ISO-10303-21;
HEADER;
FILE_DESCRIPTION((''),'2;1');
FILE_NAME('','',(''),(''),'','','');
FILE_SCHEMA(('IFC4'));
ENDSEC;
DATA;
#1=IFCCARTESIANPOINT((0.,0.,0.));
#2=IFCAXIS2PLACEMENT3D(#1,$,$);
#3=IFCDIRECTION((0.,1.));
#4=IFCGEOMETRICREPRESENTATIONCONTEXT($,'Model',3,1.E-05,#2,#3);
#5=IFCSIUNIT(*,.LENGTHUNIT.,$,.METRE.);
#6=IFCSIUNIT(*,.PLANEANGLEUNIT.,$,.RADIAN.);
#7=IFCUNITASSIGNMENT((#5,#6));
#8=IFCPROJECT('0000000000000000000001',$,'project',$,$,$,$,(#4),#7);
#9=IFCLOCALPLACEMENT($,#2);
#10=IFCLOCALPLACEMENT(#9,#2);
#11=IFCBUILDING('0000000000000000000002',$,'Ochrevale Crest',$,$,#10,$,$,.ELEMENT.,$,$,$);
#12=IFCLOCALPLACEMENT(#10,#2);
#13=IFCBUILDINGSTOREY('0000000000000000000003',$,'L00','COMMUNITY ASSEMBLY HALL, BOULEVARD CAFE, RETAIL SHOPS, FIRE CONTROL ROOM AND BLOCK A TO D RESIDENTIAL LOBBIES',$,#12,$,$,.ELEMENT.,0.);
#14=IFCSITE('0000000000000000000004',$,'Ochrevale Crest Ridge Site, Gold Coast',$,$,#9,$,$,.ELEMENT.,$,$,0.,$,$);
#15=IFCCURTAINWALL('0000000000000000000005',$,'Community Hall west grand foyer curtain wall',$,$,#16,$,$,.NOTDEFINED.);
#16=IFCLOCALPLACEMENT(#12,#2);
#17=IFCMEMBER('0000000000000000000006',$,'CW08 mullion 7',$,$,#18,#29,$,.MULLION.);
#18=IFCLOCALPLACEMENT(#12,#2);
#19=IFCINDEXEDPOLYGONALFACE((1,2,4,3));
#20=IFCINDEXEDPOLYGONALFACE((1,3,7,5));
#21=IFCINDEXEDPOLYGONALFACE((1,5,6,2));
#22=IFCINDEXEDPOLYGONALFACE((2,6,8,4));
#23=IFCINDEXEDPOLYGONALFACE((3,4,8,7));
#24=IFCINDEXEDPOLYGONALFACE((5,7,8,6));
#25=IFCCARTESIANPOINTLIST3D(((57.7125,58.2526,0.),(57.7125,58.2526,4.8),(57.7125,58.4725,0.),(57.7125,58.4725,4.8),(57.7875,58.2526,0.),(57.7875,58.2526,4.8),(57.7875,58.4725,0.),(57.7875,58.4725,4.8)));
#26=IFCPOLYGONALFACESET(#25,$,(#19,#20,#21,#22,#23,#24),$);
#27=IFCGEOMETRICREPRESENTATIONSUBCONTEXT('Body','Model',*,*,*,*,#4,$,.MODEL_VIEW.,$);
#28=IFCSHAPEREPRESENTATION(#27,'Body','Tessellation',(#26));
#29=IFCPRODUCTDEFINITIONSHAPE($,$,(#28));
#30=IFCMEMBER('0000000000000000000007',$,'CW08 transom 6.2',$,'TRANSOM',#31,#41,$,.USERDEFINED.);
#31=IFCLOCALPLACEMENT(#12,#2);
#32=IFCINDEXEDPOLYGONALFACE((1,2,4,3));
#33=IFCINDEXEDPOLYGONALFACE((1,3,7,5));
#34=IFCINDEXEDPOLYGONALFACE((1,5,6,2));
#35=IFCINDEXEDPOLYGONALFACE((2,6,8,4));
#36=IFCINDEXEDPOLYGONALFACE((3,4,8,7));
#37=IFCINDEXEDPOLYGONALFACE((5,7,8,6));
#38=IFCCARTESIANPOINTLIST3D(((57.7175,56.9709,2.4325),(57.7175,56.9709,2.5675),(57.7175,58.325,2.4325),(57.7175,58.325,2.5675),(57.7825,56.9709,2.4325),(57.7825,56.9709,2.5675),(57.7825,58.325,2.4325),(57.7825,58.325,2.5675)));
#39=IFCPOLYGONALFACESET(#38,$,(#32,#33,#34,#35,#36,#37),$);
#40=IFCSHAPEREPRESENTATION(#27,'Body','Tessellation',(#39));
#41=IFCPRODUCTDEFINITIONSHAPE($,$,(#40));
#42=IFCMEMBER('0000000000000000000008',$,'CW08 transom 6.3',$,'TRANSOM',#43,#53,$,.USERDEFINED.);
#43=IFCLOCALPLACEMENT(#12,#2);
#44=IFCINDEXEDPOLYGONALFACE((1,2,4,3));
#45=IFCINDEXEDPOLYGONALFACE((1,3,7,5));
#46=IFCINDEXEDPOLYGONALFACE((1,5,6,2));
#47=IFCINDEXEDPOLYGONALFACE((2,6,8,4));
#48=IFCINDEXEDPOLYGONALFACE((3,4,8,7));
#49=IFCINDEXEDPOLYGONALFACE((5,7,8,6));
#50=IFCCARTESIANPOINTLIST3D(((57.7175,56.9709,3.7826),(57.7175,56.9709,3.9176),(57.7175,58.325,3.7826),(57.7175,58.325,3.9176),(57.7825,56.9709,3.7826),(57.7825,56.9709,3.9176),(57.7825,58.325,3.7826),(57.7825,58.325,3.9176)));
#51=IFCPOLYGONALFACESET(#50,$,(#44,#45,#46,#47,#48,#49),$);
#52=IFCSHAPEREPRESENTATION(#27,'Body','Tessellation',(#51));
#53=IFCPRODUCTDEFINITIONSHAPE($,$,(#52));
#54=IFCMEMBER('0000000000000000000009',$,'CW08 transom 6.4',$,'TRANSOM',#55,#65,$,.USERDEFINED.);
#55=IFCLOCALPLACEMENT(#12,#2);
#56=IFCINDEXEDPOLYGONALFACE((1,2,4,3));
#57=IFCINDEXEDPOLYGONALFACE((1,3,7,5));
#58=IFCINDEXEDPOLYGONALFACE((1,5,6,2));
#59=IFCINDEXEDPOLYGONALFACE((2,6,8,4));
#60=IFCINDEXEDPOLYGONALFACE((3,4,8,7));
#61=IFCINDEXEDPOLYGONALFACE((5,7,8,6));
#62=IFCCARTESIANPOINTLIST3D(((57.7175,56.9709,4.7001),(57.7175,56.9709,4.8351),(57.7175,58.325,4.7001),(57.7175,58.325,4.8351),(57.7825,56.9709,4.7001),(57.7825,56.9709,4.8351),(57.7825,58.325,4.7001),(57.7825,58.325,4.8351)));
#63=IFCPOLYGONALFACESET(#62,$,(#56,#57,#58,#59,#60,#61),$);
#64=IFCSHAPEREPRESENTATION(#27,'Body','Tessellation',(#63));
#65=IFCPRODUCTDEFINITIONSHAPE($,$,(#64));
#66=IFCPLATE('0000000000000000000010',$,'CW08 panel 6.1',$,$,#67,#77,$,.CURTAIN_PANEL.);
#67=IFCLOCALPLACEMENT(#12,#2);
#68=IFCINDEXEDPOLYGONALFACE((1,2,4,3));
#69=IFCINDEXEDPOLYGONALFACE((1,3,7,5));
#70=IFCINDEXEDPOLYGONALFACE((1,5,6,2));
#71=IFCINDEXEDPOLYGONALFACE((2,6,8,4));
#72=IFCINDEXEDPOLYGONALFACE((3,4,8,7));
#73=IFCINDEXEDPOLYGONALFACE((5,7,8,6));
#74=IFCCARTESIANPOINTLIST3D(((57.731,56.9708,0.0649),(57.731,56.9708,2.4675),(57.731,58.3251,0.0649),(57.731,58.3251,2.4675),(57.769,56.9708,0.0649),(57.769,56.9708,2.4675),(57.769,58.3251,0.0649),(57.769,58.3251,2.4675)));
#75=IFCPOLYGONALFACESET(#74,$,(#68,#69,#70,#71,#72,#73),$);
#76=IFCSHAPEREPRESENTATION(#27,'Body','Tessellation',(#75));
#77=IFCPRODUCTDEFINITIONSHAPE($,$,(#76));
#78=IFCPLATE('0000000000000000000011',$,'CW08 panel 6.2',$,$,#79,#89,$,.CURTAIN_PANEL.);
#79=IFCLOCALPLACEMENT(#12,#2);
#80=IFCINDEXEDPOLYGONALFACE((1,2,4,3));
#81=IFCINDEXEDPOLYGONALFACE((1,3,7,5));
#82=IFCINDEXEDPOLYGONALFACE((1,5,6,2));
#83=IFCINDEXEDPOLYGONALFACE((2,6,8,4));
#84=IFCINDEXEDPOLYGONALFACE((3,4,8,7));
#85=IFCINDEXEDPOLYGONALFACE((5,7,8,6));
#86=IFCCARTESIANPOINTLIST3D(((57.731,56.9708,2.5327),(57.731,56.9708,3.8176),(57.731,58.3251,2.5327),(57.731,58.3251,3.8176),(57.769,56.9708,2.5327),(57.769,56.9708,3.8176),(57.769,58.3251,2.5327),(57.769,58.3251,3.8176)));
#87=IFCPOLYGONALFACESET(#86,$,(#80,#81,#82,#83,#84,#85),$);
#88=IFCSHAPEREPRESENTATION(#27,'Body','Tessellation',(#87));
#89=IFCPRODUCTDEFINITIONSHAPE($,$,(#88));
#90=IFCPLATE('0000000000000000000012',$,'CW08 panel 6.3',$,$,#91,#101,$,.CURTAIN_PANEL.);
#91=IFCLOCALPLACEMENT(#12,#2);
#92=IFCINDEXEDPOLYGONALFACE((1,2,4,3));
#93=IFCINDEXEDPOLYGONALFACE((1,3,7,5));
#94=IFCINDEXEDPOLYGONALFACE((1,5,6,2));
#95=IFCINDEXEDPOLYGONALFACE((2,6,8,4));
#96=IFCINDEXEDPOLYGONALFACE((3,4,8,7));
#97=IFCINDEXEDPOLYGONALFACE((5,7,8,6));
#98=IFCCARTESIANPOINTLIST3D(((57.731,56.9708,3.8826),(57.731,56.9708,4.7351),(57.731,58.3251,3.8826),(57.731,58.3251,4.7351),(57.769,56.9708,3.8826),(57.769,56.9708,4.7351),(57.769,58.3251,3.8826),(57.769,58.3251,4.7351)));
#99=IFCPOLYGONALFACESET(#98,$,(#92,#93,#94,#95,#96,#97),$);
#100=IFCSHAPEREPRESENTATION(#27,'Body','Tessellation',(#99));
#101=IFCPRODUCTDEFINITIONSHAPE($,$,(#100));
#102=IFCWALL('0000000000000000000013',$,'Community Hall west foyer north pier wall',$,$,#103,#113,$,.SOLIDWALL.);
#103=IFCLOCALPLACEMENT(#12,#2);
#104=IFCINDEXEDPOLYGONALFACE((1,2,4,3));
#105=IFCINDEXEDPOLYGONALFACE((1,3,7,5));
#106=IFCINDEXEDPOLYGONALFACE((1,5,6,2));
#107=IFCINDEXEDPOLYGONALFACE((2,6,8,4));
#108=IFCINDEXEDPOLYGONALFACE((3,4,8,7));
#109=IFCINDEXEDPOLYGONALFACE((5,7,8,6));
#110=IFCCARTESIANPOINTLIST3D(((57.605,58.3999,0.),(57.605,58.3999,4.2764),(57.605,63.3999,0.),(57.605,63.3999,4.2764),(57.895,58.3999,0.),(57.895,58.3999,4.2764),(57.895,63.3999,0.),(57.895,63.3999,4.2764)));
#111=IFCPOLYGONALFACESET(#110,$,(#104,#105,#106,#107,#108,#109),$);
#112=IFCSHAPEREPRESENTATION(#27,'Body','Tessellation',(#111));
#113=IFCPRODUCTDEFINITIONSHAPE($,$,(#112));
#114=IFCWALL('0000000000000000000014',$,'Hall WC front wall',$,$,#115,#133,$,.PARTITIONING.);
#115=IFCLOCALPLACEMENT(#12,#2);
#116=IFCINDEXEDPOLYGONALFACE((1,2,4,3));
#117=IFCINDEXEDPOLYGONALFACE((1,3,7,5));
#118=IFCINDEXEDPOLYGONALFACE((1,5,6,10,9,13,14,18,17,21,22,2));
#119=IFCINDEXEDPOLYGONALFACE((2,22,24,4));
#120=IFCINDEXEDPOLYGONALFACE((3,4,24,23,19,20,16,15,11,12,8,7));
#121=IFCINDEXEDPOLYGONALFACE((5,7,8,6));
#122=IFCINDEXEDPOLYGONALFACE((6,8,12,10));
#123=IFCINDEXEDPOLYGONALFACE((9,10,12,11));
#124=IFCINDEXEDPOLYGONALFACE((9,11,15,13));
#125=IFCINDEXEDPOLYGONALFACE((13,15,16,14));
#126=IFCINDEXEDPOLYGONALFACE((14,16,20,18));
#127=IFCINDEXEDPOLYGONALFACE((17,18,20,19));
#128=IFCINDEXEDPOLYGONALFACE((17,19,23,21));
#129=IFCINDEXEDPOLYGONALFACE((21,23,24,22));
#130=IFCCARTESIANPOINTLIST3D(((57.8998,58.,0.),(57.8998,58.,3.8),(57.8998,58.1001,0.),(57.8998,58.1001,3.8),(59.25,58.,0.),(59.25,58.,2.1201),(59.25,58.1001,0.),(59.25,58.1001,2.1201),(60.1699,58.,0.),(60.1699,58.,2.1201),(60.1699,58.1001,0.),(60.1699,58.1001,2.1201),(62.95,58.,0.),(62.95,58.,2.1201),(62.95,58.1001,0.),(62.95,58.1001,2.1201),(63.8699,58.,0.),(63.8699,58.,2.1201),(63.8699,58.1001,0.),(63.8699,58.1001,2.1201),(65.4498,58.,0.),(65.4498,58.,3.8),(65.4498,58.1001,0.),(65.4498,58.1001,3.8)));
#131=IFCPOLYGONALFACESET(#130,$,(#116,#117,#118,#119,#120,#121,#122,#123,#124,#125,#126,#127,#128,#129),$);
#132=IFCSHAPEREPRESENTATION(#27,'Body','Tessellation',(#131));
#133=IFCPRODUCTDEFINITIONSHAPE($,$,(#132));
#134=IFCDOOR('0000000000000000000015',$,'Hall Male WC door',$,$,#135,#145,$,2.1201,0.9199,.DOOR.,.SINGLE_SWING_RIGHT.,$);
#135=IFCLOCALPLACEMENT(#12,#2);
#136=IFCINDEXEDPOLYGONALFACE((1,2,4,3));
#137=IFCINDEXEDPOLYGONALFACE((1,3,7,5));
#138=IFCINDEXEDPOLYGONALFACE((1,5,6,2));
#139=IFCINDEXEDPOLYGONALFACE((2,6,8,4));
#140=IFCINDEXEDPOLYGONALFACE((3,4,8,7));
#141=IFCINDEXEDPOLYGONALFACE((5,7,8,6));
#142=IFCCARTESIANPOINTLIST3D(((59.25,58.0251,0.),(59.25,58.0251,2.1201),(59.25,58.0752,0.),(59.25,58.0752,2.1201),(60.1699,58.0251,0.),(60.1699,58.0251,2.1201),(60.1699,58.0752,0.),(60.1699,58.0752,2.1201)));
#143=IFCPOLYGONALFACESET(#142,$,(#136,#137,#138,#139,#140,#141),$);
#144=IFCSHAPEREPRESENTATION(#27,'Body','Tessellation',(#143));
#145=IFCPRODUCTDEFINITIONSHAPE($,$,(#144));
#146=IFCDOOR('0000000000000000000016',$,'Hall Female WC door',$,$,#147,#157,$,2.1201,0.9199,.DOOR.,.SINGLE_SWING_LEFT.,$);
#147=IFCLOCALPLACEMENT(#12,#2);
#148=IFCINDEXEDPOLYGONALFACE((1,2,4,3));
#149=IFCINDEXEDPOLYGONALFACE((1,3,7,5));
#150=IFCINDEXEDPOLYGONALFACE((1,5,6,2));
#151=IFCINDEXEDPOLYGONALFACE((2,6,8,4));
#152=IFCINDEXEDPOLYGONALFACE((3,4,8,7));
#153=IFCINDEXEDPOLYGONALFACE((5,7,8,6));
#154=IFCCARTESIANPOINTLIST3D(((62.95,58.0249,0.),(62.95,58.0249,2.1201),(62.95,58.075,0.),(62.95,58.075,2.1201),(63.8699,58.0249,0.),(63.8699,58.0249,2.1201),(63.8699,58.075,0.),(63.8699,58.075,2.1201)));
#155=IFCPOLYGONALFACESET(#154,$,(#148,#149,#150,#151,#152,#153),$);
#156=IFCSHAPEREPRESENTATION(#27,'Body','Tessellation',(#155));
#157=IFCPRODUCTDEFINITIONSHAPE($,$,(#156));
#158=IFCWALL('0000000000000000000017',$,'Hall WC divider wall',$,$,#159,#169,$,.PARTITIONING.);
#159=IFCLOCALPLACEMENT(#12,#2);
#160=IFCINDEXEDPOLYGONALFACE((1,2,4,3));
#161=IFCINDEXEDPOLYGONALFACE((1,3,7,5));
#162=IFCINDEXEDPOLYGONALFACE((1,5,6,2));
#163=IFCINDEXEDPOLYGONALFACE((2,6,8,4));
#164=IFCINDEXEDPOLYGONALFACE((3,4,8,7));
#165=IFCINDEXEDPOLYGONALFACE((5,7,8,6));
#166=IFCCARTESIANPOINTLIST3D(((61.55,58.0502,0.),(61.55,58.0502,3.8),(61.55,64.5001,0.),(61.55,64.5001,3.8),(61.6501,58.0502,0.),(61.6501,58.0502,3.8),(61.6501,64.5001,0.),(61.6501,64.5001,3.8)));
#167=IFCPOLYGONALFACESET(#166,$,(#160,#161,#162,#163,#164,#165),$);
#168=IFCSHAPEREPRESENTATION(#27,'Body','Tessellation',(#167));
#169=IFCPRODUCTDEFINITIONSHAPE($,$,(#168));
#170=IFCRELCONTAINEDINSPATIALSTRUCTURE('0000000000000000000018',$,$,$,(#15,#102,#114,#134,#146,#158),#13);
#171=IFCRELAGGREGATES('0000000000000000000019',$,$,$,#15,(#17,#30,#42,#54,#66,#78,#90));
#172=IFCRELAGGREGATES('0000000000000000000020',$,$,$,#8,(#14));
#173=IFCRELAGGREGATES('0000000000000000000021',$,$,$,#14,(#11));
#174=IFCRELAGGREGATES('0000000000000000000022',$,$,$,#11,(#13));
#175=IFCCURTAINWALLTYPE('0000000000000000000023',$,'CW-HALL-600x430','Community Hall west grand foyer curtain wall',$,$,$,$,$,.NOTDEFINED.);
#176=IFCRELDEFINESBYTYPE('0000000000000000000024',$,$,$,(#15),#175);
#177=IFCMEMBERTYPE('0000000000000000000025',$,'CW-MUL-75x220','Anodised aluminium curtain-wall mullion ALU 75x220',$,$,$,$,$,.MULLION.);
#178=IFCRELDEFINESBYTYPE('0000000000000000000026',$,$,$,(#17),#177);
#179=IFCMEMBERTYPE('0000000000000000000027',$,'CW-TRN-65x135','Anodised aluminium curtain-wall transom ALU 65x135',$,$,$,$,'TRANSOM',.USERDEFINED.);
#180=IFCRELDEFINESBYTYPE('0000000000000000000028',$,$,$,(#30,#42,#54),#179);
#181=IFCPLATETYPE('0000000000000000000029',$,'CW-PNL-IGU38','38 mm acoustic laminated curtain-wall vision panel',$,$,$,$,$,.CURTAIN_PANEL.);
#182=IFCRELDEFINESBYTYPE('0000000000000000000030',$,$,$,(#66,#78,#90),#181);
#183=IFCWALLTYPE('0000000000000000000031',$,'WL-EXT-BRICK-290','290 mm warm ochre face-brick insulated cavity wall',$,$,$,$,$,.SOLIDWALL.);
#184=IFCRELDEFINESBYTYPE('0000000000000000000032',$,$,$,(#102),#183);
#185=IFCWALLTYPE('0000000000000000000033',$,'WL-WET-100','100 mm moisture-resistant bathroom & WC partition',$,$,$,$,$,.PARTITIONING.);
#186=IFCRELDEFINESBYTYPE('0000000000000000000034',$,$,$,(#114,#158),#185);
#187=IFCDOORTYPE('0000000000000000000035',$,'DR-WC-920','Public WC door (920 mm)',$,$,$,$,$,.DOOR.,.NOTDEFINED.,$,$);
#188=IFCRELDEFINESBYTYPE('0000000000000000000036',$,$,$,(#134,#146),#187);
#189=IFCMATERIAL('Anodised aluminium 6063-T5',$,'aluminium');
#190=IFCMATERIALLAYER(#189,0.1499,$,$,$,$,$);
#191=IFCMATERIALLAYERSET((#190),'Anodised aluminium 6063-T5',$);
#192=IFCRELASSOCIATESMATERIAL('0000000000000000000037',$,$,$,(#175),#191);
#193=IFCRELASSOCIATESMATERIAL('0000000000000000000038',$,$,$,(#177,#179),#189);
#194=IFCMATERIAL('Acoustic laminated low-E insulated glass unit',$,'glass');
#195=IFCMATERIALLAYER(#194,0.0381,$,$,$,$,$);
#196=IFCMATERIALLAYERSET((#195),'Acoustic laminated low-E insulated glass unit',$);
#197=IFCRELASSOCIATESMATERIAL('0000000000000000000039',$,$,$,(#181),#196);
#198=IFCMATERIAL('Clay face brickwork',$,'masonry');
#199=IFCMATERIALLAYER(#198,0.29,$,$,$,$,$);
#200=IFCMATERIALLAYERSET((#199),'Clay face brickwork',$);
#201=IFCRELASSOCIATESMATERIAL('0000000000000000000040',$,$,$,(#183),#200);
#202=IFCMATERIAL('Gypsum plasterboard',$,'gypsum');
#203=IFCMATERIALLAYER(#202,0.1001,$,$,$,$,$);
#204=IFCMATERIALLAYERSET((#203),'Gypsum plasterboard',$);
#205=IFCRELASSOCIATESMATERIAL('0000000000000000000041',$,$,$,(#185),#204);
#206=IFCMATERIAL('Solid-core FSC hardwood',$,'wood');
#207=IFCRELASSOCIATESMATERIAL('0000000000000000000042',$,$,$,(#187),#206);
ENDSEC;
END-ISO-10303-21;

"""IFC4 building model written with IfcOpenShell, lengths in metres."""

from ifc_helpers import new_model, si_unit, direction, frame, frame_2d, origin, origin_2d, place, context, subcontext, project, spatial, rectangle, extrude, material, layer, layer_set, material_profile, profile_set, type_object, element, fill, aggregate, save


model = new_model("IFC4")

# Units and contexts
model_context = context("Model", 3, precision=1e-05, world=origin(), true_north=direction((0.0, 1.0)))
body_context = subcontext(model_context, "Body", "Model", "MODEL_VIEW")
ifc_project = project(units=[si_unit("LENGTHUNIT", "METRE"), si_unit("PLANEANGLEUNIT", "RADIAN")], contexts=[model_context])

# Site, building, storey
site_placement = place(None, origin())
site = spatial("IfcSite", under=ifc_project, at=site_placement, Name="Ochrevale Crest Ridge Site, Gold Coast", CompositionType="ELEMENT", RefElevation=0.0)
building_placement = place(site_placement, origin())
building = spatial("IfcBuilding", under=site, at=building_placement, Name="Ochrevale Crest", CompositionType="ELEMENT")
storey_placement = place(building_placement, origin())
storey = spatial("IfcBuildingStorey", under=building, at=storey_placement, Name="L00", Description="COMMUNITY ASSEMBLY HALL, BOULEVARD CAFE, RETAIL SHOPS, FIRE CONTROL ROOM AND BLOCK A TO D RESIDENTIAL LOBBIES", CompositionType="ELEMENT", Elevation=0.0)

# Curtain wall, members, plates
ifc_material_1 = material(Name="Anodised aluminium 6063-T5", Category="aluminium")
ifc_layer_1 = layer(ifc_material_1, 0.1499)
ifc_layer_set_1 = layer_set([ifc_layer_1], Name="Anodised aluminium 6063-T5")
curtain_wall_type = type_object("IfcCurtainWallType", Name="CW-HALL-600x430", Description="Community Hall west grand foyer curtain wall", PredefinedType="NOTDEFINED", material=ifc_layer_set_1)
curtain_wall_placement = place(storey_placement, origin())
curtain_wall = element("IfcCurtainWall", 1, at=curtain_wall_placement, inside=storey, type_object=curtain_wall_type, Name="Community Hall west grand foyer curtain wall", PredefinedType="NOTDEFINED")
ifc_material_profile_1 = material_profile(ifc_material_1, rectangle(XDim=0.075, YDim=0.22, at=origin_2d()), Name="ALU 75x220")
ifc_profile_set_1 = profile_set([ifc_material_profile_1], Name="Anodised aluminium 6063-T5")
member_type_1 = type_object("IfcMemberType", Name="CW-MUL-75x220", Description="Anodised aluminium curtain-wall mullion ALU 75x220", PredefinedType="MULLION", material=ifc_profile_set_1)
member_1_placement = place(storey_placement, frame((57.75, 58.3625, 0.0), z_axis=(0.0, 0.0, 1.0), x_axis=(-1.0, 0.0, 0.0)))
member_1 = element("IfcMember", 2, at=member_1_placement, type_object=member_type_1, Name="CW08 mullion 7", PredefinedType="MULLION", context=body_context, shape_type="SweptSolid", body=[
    extrude(rectangle(XDim=0.075, YDim=0.22, at=origin_2d()), origin(), (0.0, 0.0, 1.0), 4.8),
])
ifc_material_profile_2 = material_profile(ifc_material_1, rectangle(XDim=0.0649, YDim=0.135, at=origin_2d()), Name="ALU 65x135")
ifc_profile_set_2 = profile_set([ifc_material_profile_2], Name="Anodised aluminium 6063-T5")
member_type_2 = type_object("IfcMemberType", Name="CW-TRN-65x135", Description="Anodised aluminium curtain-wall transom ALU 65x135", ElementType="TRANSOM", PredefinedType="USERDEFINED", material=ifc_profile_set_2)
member_2_placement = place(storey_placement, frame((57.75, 56.9709, 2.5), z_axis=(0.0, 1.0, 0.0), x_axis=(-1.0, 0.0, 0.0)))
member_2 = element("IfcMember", 3, at=member_2_placement, type_object=member_type_2, Name="CW08 transom 6.2", ObjectType="TRANSOM", PredefinedType="USERDEFINED", context=body_context, shape_type="SweptSolid", body=[
    extrude(rectangle(XDim=0.0649, YDim=0.135, at=origin_2d()), origin(), (0.0, 0.0, 1.0), 1.354),
])
member_3_placement = place(storey_placement, frame((57.75, 56.9709, 3.8501), z_axis=(0.0, 1.0, 0.0), x_axis=(-1.0, 0.0, 0.0)))
member_3 = element("IfcMember", 4, at=member_3_placement, type_object=member_type_2, Name="CW08 transom 6.3", ObjectType="TRANSOM", PredefinedType="USERDEFINED", context=body_context, shape_type="SweptSolid", body=[
    extrude(rectangle(XDim=0.0649, YDim=0.135, at=origin_2d()), origin(), (0.0, 0.0, 1.0), 1.354),
])
member_4_placement = place(storey_placement, frame((57.75, 56.9709, 4.7676), z_axis=(0.0, 1.0, 0.0), x_axis=(-1.0, 0.0, 0.0)))
member_4 = element("IfcMember", 5, at=member_4_placement, type_object=member_type_2, Name="CW08 transom 6.4", ObjectType="TRANSOM", PredefinedType="USERDEFINED", context=body_context, shape_type="SweptSolid", body=[
    extrude(rectangle(XDim=0.0649, YDim=0.135, at=origin_2d()), origin(), (0.0, 0.0, 1.0), 1.354),
])
ifc_material_2 = material(Name="Acoustic laminated low-E insulated glass unit", Category="glass")
ifc_layer_2 = layer(ifc_material_2, 0.0381)
ifc_layer_set_2 = layer_set([ifc_layer_2], Name="Acoustic laminated low-E insulated glass unit")
plate_type = type_object("IfcPlateType", Name="CW-PNL-IGU38", Description="38 mm acoustic laminated curtain-wall vision panel", PredefinedType="CURTAIN_PANEL", material=ifc_layer_set_2)
plate_1_placement = place(storey_placement, frame((57.75, 57.6479, 0.0649), z_axis=(0.0, 0.0, 1.0), x_axis=(0.0, 1.0, 0.0)))
plate_1 = element("IfcPlate", 6, at=plate_1_placement, type_object=plate_type, Name="CW08 panel 6.1", PredefinedType="CURTAIN_PANEL", context=body_context, shape_type="SweptSolid", body=[
    extrude(rectangle(XDim=1.3542, YDim=0.0381, at=origin_2d()), origin(), (0.0, 0.0, 1.0), 2.4026),
])
plate_2_placement = place(storey_placement, frame((57.75, 57.6479, 2.5327), z_axis=(0.0, 0.0, 1.0), x_axis=(0.0, 1.0, 0.0)))
plate_2 = element("IfcPlate", 7, at=plate_2_placement, type_object=plate_type, Name="CW08 panel 6.2", PredefinedType="CURTAIN_PANEL", context=body_context, shape_type="SweptSolid", body=[
    extrude(rectangle(XDim=1.3542, YDim=0.0381, at=origin_2d()), origin(), (0.0, 0.0, 1.0), 1.2849),
])
plate_3_placement = place(storey_placement, frame((57.75, 57.6479, 3.8826), z_axis=(0.0, 0.0, 1.0), x_axis=(0.0, 1.0, 0.0)))
plate_3 = element("IfcPlate", 8, at=plate_3_placement, type_object=plate_type, Name="CW08 panel 6.3", PredefinedType="CURTAIN_PANEL", context=body_context, shape_type="SweptSolid", body=[
    extrude(rectangle(XDim=1.3542, YDim=0.0381, at=origin_2d()), origin(), (0.0, 0.0, 1.0), 0.8525),
])
aggregate(curtain_wall, [member_1, member_2, member_3, member_4, plate_1, plate_2, plate_3])

# Wall
ifc_material_3 = material(Name="Clay face brickwork", Category="masonry")
ifc_layer_3 = layer(ifc_material_3, 0.29)
ifc_layer_set_3 = layer_set([ifc_layer_3], Name="Clay face brickwork")
wall_type_1 = type_object("IfcWallType", Name="WL-EXT-BRICK-290", Description="290 mm warm ochre face-brick insulated cavity wall", PredefinedType="SOLIDWALL", material=ifc_layer_set_3)
wall_1_placement = place(storey_placement, frame((57.75, 58.3999, 0.0), z_axis=(0.0, 0.0, 1.0), x_axis=(0.0, 1.0, 0.0)))
element("IfcWall", 9, at=wall_1_placement, inside=storey, type_object=wall_type_1, Name="Community Hall west foyer north pier wall", PredefinedType="SOLIDWALL", context=body_context, shape_type="SweptSolid", body=[
    extrude(rectangle(XDim=5.0, YDim=0.29, at=frame_2d((2.5, 0.0))), origin(), (0.0, 0.0, 1.0), 4.2764),
])

# Wall, openings, doors
ifc_material_4 = material(Name="Gypsum plasterboard", Category="gypsum")
ifc_layer_4 = layer(ifc_material_4, 0.1001)
ifc_layer_set_4 = layer_set([ifc_layer_4], Name="Gypsum plasterboard")
wall_type_2 = type_object("IfcWallType", Name="WL-WET-100", Description="100 mm moisture-resistant bathroom & WC partition", PredefinedType="PARTITIONING", material=ifc_layer_set_4)
wall_2_placement = place(storey_placement, frame((57.8999, 58.05, 0.0), z_axis=(0.0, 0.0, 1.0), x_axis=(1.0, 0.0, 0.0)))
wall_2 = element("IfcWall", 10, at=wall_2_placement, inside=storey, type_object=wall_type_2, Name="Hall WC front wall", PredefinedType="PARTITIONING", context=body_context, shape_type="SweptSolid", body=[
    extrude(rectangle(XDim=7.55, YDim=0.1001, at=frame_2d((3.7749, 0.0))), origin(), (0.0, 0.0, 1.0), 3.8),
])
opening_1_placement = place(wall_2_placement, frame((2.27, 0.0, 0.0), z_axis=(0.0, 0.0, 1.0), x_axis=(-1.0, 0.0, 0.0)))
opening_1 = element("IfcOpeningElement", 11, at=opening_1_placement, cuts=wall_2, PredefinedType="OPENING", context=body_context, shape_type="SweptSolid", body=[
    extrude(rectangle(XDim=0.9199, YDim=2.1201, at=frame_2d((0.46, 1.0601))), frame((0.0, 0.0601, 0.0), z_axis=(0.0, -1.0, 0.0), x_axis=(1.0, 0.0, 0.0)), (0.0, 0.0, 1.0), 0.1201),
])
opening_2_placement = place(wall_2_placement, frame((5.05, 0.0, 0.0)))
opening_2 = element("IfcOpeningElement", 12, at=opening_2_placement, cuts=wall_2, PredefinedType="OPENING", context=body_context, shape_type="SweptSolid", body=[
    extrude(rectangle(XDim=0.9199, YDim=2.1201, at=frame_2d((0.46, 1.0601))), frame((0.0, 0.0601, 0.0), z_axis=(0.0, -1.0, 0.0), x_axis=(1.0, 0.0, 0.0)), (0.0, 0.0, 1.0), 0.1201),
])
ifc_material_5 = material(Name="Solid-core FSC hardwood", Category="wood")
door_type = type_object("IfcDoorType", Name="DR-WC-920", Description="Public WC door (920 mm)", OperationType="NOTDEFINED", PredefinedType="DOOR", material=ifc_material_5)
door_1_placement = place(opening_1_placement, origin())
door_1 = element("IfcDoor", 13, at=door_1_placement, inside=storey, type_object=door_type, Name="Hall Male WC door", OperationType="SINGLE_SWING_RIGHT", OverallHeight=2.1201, OverallWidth=0.9199, PredefinedType="DOOR", context=body_context, shape_type="SweptSolid", body=[
    extrude(rectangle(XDim=0.9199, YDim=2.1201, at=frame_2d((0.46, 1.0601))), frame((0.0, 0.0249, 0.0), z_axis=(0.0, -1.0, 0.0), x_axis=(1.0, 0.0, 0.0)), (0.0, 0.0, 1.0), 0.05),
])
fill(opening_1, door_1)
door_2_placement = place(opening_2_placement, origin())
door_2 = element("IfcDoor", 14, at=door_2_placement, inside=storey, type_object=door_type, Name="Hall Female WC door", OperationType="SINGLE_SWING_LEFT", OverallHeight=2.1201, OverallWidth=0.9199, PredefinedType="DOOR", context=body_context, shape_type="SweptSolid", body=[
    extrude(rectangle(XDim=0.9199, YDim=2.1201, at=frame_2d((0.46, 1.0601))), frame((0.0, 0.0249, 0.0), z_axis=(0.0, -1.0, 0.0), x_axis=(1.0, 0.0, 0.0)), (0.0, 0.0, 1.0), 0.05),
])
fill(opening_2, door_2)

# Wall
wall_3_placement = place(storey_placement, frame((61.6001, 58.05, 0.0), z_axis=(0.0, 0.0, 1.0), x_axis=(0.0, 1.0, 0.0)))
element("IfcWall", 15, at=wall_3_placement, inside=storey, type_object=wall_type_2, Name="Hall WC divider wall", PredefinedType="PARTITIONING", context=body_context, shape_type="SweptSolid", body=[
    extrude(rectangle(XDim=6.45, YDim=0.1001, at=frame_2d((3.2251, 0.0))), origin(), (0.0, 0.0, 1.0), 3.8),
])

save(model, "model.ifc")
